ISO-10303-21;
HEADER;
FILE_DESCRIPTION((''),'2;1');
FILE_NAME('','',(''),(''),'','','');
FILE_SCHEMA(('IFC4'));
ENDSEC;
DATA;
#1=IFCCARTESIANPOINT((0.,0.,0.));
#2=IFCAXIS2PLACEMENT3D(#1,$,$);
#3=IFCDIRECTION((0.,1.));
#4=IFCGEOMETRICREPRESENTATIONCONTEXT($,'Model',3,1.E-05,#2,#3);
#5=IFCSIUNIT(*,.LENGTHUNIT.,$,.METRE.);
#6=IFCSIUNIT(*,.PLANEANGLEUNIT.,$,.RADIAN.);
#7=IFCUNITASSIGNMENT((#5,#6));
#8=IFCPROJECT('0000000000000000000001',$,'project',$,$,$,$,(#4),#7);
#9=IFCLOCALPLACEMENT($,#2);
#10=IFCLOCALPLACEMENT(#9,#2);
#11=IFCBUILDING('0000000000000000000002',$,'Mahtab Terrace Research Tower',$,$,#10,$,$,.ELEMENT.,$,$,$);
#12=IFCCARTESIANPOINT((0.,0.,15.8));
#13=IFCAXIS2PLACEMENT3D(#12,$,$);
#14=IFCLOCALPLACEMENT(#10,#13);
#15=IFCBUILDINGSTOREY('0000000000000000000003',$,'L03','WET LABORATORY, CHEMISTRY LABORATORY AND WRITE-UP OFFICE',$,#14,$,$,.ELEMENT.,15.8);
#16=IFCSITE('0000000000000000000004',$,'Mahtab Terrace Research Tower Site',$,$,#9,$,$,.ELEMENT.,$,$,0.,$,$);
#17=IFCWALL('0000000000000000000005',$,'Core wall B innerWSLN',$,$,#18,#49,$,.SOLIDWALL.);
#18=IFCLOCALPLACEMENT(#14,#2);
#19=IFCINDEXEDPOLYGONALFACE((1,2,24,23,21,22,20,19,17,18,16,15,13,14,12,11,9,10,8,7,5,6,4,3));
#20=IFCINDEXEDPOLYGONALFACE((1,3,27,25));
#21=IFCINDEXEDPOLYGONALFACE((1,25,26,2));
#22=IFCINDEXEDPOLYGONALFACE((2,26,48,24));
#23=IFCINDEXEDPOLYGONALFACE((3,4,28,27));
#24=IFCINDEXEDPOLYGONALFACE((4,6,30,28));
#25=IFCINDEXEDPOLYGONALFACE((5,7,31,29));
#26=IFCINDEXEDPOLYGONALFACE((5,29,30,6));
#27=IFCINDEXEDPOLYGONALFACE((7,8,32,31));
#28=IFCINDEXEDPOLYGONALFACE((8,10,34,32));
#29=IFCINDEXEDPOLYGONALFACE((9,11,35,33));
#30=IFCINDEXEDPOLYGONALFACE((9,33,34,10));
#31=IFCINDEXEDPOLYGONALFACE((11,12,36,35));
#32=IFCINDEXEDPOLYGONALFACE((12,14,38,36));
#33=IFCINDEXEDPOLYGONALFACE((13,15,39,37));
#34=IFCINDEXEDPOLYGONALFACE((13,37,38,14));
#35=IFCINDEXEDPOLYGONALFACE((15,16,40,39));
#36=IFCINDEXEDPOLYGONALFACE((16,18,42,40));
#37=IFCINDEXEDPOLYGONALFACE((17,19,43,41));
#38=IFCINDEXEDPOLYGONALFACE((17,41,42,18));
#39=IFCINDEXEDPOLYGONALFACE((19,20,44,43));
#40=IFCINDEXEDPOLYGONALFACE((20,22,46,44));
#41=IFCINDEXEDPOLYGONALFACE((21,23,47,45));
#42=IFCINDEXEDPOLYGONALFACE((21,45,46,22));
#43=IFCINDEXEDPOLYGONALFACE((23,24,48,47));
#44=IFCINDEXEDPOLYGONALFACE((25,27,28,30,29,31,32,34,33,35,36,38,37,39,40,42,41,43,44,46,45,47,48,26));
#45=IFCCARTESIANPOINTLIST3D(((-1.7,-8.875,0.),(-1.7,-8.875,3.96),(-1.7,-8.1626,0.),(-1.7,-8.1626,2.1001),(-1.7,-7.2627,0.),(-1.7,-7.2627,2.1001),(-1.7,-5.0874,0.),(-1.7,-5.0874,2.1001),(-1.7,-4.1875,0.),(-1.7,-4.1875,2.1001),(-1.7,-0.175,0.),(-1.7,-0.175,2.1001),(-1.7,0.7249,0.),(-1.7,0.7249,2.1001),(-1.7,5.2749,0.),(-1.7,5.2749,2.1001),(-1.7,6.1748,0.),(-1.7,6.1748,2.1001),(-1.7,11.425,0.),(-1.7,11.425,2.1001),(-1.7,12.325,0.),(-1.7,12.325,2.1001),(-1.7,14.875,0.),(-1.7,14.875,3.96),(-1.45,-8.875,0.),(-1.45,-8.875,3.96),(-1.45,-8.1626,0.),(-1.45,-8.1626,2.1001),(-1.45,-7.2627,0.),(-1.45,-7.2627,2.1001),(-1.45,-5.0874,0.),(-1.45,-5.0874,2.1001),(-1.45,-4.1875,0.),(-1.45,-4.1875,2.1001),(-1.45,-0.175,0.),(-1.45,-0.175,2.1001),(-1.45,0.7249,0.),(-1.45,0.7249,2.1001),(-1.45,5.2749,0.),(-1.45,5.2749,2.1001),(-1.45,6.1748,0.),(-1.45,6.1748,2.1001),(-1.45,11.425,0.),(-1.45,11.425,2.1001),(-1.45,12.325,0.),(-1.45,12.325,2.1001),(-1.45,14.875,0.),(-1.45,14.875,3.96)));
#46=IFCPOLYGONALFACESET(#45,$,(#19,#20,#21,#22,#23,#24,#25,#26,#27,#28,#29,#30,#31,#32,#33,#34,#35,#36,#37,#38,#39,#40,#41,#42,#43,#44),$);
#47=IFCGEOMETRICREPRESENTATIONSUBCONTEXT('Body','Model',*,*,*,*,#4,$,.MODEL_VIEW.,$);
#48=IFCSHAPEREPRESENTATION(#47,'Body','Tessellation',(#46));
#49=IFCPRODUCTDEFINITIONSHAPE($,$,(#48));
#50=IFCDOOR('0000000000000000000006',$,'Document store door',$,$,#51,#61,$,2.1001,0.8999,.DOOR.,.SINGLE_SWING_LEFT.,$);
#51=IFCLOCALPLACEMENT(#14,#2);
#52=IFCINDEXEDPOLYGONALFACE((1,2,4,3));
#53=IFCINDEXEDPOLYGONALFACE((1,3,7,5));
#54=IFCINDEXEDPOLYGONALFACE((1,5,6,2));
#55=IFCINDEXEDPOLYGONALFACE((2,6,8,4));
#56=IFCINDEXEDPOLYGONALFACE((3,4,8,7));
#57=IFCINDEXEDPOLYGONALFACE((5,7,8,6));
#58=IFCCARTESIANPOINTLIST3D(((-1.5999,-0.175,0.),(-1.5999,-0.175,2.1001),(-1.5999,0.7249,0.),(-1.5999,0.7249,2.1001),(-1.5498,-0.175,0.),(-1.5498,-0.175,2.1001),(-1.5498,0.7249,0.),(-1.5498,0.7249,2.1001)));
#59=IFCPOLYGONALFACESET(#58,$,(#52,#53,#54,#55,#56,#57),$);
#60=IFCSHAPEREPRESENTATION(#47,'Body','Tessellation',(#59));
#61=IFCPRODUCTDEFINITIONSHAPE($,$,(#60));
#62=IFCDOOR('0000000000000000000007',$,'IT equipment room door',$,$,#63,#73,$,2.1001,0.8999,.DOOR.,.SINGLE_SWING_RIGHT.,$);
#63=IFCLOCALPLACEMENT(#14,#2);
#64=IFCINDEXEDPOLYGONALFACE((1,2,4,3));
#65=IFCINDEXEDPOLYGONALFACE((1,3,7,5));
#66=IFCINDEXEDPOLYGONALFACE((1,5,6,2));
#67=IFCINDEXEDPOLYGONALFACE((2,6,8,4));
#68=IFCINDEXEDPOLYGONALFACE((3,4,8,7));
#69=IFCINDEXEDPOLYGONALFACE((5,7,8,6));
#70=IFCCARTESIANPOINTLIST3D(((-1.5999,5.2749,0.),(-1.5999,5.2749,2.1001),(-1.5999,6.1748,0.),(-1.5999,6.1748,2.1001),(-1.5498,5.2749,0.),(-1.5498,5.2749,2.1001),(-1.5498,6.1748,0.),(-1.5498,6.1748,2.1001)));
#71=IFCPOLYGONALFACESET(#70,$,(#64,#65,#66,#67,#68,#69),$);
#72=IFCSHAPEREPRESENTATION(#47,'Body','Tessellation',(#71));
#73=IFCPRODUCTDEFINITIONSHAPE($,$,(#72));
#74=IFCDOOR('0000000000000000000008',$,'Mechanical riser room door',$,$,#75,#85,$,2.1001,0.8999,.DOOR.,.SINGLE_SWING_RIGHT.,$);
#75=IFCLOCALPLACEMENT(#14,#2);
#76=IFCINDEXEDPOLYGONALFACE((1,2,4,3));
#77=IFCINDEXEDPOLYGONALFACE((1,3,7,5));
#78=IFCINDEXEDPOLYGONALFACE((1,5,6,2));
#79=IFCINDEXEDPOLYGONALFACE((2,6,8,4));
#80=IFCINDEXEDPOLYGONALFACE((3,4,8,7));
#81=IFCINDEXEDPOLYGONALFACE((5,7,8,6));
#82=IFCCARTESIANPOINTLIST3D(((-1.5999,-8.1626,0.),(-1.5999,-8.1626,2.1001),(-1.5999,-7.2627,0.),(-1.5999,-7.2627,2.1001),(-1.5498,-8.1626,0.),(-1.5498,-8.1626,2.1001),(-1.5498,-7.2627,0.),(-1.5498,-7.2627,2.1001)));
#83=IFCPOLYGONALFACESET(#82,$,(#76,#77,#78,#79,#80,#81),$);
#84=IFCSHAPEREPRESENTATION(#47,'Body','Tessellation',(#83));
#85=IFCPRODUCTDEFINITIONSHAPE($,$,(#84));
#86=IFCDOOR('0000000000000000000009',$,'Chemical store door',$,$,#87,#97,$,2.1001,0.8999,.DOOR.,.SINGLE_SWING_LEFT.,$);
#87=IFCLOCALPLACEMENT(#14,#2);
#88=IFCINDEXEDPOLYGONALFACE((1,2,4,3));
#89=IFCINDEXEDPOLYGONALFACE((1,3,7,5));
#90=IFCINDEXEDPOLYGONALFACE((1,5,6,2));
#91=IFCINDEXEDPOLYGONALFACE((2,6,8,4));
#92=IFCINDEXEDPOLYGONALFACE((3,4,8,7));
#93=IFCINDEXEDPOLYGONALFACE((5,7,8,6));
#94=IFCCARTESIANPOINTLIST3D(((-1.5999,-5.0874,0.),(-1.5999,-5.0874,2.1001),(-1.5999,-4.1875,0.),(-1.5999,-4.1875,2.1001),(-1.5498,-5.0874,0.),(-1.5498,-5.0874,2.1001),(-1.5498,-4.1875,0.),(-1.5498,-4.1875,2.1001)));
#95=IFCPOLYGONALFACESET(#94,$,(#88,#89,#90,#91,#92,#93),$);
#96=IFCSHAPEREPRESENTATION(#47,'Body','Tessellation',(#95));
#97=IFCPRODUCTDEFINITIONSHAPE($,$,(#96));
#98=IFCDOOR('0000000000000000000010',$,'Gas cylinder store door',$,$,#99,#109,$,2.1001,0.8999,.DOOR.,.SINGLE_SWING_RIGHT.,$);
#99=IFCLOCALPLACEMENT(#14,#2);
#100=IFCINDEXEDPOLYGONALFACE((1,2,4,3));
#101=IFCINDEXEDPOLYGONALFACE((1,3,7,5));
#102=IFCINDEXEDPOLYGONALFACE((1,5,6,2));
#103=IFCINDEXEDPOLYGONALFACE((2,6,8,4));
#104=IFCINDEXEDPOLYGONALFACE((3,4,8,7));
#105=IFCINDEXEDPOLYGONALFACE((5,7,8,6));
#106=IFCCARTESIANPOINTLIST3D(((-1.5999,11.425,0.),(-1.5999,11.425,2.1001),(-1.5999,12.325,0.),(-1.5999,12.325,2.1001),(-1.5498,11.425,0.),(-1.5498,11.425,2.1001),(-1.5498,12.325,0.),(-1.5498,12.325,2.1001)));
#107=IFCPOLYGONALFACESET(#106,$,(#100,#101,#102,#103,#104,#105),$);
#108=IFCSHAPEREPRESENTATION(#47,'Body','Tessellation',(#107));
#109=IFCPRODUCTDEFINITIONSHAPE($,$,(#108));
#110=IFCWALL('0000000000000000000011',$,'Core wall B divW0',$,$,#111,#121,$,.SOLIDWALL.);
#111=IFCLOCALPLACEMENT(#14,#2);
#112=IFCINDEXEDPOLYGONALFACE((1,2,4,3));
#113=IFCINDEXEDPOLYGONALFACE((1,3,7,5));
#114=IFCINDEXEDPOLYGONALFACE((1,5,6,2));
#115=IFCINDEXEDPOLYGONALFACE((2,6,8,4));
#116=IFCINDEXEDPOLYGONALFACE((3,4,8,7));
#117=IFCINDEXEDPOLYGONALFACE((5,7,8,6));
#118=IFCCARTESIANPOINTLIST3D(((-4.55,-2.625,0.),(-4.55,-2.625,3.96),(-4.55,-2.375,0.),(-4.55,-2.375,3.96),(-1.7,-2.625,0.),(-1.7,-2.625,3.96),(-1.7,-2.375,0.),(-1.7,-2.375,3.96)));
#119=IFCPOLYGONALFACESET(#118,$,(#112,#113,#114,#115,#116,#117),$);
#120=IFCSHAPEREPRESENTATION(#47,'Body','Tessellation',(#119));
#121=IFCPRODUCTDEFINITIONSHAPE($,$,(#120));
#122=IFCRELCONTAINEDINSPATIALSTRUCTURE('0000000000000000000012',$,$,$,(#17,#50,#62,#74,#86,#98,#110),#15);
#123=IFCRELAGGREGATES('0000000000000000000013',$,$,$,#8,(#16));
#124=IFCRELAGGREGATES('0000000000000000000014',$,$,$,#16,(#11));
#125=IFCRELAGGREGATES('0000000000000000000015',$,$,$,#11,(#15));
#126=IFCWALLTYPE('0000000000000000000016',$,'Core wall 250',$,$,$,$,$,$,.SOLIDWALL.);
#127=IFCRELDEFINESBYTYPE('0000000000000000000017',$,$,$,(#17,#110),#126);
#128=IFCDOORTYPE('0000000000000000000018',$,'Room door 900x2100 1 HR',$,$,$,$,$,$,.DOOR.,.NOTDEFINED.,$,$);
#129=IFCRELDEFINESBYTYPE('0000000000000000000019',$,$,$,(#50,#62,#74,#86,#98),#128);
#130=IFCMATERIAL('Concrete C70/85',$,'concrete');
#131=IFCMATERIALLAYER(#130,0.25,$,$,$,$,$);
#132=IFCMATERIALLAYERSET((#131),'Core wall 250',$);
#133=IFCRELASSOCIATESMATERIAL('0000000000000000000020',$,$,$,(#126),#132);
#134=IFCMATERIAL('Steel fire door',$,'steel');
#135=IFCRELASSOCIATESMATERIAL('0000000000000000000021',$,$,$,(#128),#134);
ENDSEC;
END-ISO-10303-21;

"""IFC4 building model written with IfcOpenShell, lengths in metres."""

from ifc_helpers import new_model, si_unit, direction, frame, frame_2d, origin, place, context, subcontext, project, spatial, rectangle, extrude, material, layer, layer_set, type_object, element, fill, save


model = new_model("IFC4")

# Units and contexts
model_context = context("Model", 3, precision=1e-05, world=origin(), true_north=direction((0.0, 1.0)))
body_context = subcontext(model_context, "Body", "Model", "MODEL_VIEW")
ifc_project = project(units=[si_unit("LENGTHUNIT", "METRE"), si_unit("PLANEANGLEUNIT", "RADIAN")], contexts=[model_context])

# Site, building, storey
site_placement = place(None, origin())
site = spatial("IfcSite", under=ifc_project, at=site_placement, Name="Mahtab Terrace Research Tower Site", CompositionType="ELEMENT", RefElevation=0.0)
building_placement = place(site_placement, origin())
building = spatial("IfcBuilding", under=site, at=building_placement, Name="Mahtab Terrace Research Tower", CompositionType="ELEMENT")
storey_placement = place(building_placement, frame((0.0, 0.0, 15.8)))
storey = spatial("IfcBuildingStorey", under=building, at=storey_placement, Name="L03", Description="WET LABORATORY, CHEMISTRY LABORATORY AND WRITE-UP OFFICE", CompositionType="ELEMENT", Elevation=15.8)

# Shared definitions
ifc_material_1 = material(Name="Concrete C70/85", Category="concrete")

# Wall, openings, doors
ifc_layer_1 = layer(ifc_material_1, 0.25)
ifc_layer_set_1 = layer_set([ifc_layer_1], Name="Core wall 250")
wall_type_1 = type_object("IfcWallType", Name="Core wall 250", PredefinedType="SOLIDWALL", material=ifc_layer_set_1)
wall_1_placement = place(storey_placement, frame((-1.575, -8.875, 0.0), z_axis=(0.0, 0.0, 1.0), x_axis=(0.0, 1.0, 0.0)))
wall_1 = element("IfcWall", 1, at=wall_1_placement, inside=storey, type_object=wall_type_1, Name="Core wall B innerWSLN", PredefinedType="SOLIDWALL", context=body_context, shape_type="SweptSolid", body=[
    extrude(rectangle(XDim=23.75, YDim=0.25, at=frame_2d((11.875, 0.0))), origin(), (0.0, 0.0, 1.0), 3.96),
])
opening_1_placement = place(wall_1_placement, frame((8.7, 0.0, 0.0)))
opening_1 = element("IfcOpeningElement", 2, at=opening_1_placement, cuts=wall_1, PredefinedType="OPENING", context=body_context, shape_type="SweptSolid", body=[
    extrude(rectangle(XDim=0.8999, YDim=2.1001, at=frame_2d((0.45, 1.05))), frame((0.0, 0.135, 0.0), z_axis=(0.0, -1.0, 0.0), x_axis=(1.0, 0.0, 0.0)), (0.0, 0.0, 1.0), 0.27),
])
opening_2_placement = place(wall_1_placement, frame((14.1499, 0.0, 0.0)))
opening_2 = element("IfcOpeningElement", 3, at=opening_2_placement, cuts=wall_1, PredefinedType="OPENING", context=body_context, shape_type="SweptSolid", body=[
    extrude(rectangle(XDim=0.8999, YDim=2.1001, at=frame_2d((0.45, 1.05))), frame((0.0, 0.135, 0.0), z_axis=(0.0, -1.0, 0.0), x_axis=(1.0, 0.0, 0.0)), (0.0, 0.0, 1.0), 0.27),
])
opening_3_placement = place(wall_1_placement, frame((0.7124, 0.0, 0.0)))
opening_3 = element("IfcOpeningElement", 4, at=opening_3_placement, cuts=wall_1, PredefinedType="OPENING", context=body_context, shape_type="SweptSolid", body=[
    extrude(rectangle(XDim=0.8999, YDim=2.1001, at=frame_2d((0.45, 1.05))), frame((0.0, 0.135, 0.0), z_axis=(0.0, -1.0, 0.0), x_axis=(1.0, 0.0, 0.0)), (0.0, 0.0, 1.0), 0.27),
])
opening_4_placement = place(wall_1_placement, frame((3.7876, 0.0, 0.0)))
opening_4 = element("IfcOpeningElement", 5, at=opening_4_placement, cuts=wall_1, PredefinedType="OPENING", context=body_context, shape_type="SweptSolid", body=[
    extrude(rectangle(XDim=0.8999, YDim=2.1001, at=frame_2d((0.45, 1.05))), frame((0.0, 0.135, 0.0), z_axis=(0.0, -1.0, 0.0), x_axis=(1.0, 0.0, 0.0)), (0.0, 0.0, 1.0), 0.27),
])
opening_5_placement = place(wall_1_placement, frame((20.3, 0.0, 0.0)))
opening_5 = element("IfcOpeningElement", 6, at=opening_5_placement, cuts=wall_1, PredefinedType="OPENING", context=body_context, shape_type="SweptSolid", body=[
    extrude(rectangle(XDim=0.8999, YDim=2.1001, at=frame_2d((0.45, 1.05))), frame((0.0, 0.135, 0.0), z_axis=(0.0, -1.0, 0.0), x_axis=(1.0, 0.0, 0.0)), (0.0, 0.0, 1.0), 0.27),
])
ifc_material_2 = material(Name="Steel fire door", Category="steel")
door_type_1 = type_object("IfcDoorType", Name="Room door 900x2100 1 HR", OperationType="NOTDEFINED", PredefinedType="DOOR", material=ifc_material_2)
door_1_placement = place(opening_1_placement, origin())
door_1 = element("IfcDoor", 7, at=door_1_placement, inside=storey, type_object=door_type_1, Name="Document store door", OperationType="SINGLE_SWING_LEFT", OverallHeight=2.1001, OverallWidth=0.8999, PredefinedType="DOOR", context=body_context, shape_type="SweptSolid", body=[
    extrude(rectangle(XDim=0.8999, YDim=2.1001, at=frame_2d((0.45, 1.05))), frame((0.0, 0.0249, 0.0), z_axis=(0.0, -1.0, 0.0), x_axis=(1.0, 0.0, 0.0)), (0.0, 0.0, 1.0), 0.05),
])
fill(opening_1, door_1)
door_2_placement = place(opening_2_placement, origin())
door_2 = element("IfcDoor", 8, at=door_2_placement, inside=storey, type_object=door_type_1, Name="IT equipment room door", OperationType="SINGLE_SWING_RIGHT", OverallHeight=2.1001, OverallWidth=0.8999, PredefinedType="DOOR", context=body_context, shape_type="SweptSolid", body=[
    extrude(rectangle(XDim=0.8999, YDim=2.1001, at=frame_2d((0.45, 1.05))), frame((0.0, 0.0249, 0.0), z_axis=(0.0, -1.0, 0.0), x_axis=(1.0, 0.0, 0.0)), (0.0, 0.0, 1.0), 0.05),
])
fill(opening_2, door_2)
door_3_placement = place(opening_3_placement, origin())
door_3 = element("IfcDoor", 9, at=door_3_placement, inside=storey, type_object=door_type_1, Name="Mechanical riser room door", OperationType="SINGLE_SWING_RIGHT", OverallHeight=2.1001, OverallWidth=0.8999, PredefinedType="DOOR", context=body_context, shape_type="SweptSolid", body=[
    extrude(rectangle(XDim=0.8999, YDim=2.1001, at=frame_2d((0.45, 1.05))), frame((0.0, 0.0249, 0.0), z_axis=(0.0, -1.0, 0.0), x_axis=(1.0, 0.0, 0.0)), (0.0, 0.0, 1.0), 0.05),
])
fill(opening_3, door_3)
door_4_placement = place(opening_4_placement, origin())
door_4 = element("IfcDoor", 10, at=door_4_placement, inside=storey, type_object=door_type_1, Name="Chemical store door", OperationType="SINGLE_SWING_LEFT", OverallHeight=2.1001, OverallWidth=0.8999, PredefinedType="DOOR", context=body_context, shape_type="SweptSolid", body=[
    extrude(rectangle(XDim=0.8999, YDim=2.1001, at=frame_2d((0.45, 1.05))), frame((0.0, 0.0249, 0.0), z_axis=(0.0, -1.0, 0.0), x_axis=(1.0, 0.0, 0.0)), (0.0, 0.0, 1.0), 0.05),
])
fill(opening_4, door_4)
door_5_placement = place(opening_5_placement, origin())
door_5 = element("IfcDoor", 11, at=door_5_placement, inside=storey, type_object=door_type_1, Name="Gas cylinder store door", OperationType="SINGLE_SWING_RIGHT", OverallHeight=2.1001, OverallWidth=0.8999, PredefinedType="DOOR", context=body_context, shape_type="SweptSolid", body=[
    extrude(rectangle(XDim=0.8999, YDim=2.1001, at=frame_2d((0.45, 1.05))), frame((0.0, 0.0249, 0.0), z_axis=(0.0, -1.0, 0.0), x_axis=(1.0, 0.0, 0.0)), (0.0, 0.0, 1.0), 0.05),
])
fill(opening_5, door_5)

# Wall
wall_2_placement = place(storey_placement, frame((-4.55, -2.5, 0.0), z_axis=(0.0, 0.0, 1.0), x_axis=(1.0, 0.0, 0.0)))
element("IfcWall", 12, at=wall_2_placement, inside=storey, type_object=wall_type_1, Name="Core wall B divW0", PredefinedType="SOLIDWALL", context=body_context, shape_type="SweptSolid", body=[
    extrude(rectangle(XDim=2.8501, YDim=0.25, at=frame_2d((1.425, 0.0))), origin(), (0.0, 0.0, 1.0), 3.96),
])

save(model, "model.ifc")
